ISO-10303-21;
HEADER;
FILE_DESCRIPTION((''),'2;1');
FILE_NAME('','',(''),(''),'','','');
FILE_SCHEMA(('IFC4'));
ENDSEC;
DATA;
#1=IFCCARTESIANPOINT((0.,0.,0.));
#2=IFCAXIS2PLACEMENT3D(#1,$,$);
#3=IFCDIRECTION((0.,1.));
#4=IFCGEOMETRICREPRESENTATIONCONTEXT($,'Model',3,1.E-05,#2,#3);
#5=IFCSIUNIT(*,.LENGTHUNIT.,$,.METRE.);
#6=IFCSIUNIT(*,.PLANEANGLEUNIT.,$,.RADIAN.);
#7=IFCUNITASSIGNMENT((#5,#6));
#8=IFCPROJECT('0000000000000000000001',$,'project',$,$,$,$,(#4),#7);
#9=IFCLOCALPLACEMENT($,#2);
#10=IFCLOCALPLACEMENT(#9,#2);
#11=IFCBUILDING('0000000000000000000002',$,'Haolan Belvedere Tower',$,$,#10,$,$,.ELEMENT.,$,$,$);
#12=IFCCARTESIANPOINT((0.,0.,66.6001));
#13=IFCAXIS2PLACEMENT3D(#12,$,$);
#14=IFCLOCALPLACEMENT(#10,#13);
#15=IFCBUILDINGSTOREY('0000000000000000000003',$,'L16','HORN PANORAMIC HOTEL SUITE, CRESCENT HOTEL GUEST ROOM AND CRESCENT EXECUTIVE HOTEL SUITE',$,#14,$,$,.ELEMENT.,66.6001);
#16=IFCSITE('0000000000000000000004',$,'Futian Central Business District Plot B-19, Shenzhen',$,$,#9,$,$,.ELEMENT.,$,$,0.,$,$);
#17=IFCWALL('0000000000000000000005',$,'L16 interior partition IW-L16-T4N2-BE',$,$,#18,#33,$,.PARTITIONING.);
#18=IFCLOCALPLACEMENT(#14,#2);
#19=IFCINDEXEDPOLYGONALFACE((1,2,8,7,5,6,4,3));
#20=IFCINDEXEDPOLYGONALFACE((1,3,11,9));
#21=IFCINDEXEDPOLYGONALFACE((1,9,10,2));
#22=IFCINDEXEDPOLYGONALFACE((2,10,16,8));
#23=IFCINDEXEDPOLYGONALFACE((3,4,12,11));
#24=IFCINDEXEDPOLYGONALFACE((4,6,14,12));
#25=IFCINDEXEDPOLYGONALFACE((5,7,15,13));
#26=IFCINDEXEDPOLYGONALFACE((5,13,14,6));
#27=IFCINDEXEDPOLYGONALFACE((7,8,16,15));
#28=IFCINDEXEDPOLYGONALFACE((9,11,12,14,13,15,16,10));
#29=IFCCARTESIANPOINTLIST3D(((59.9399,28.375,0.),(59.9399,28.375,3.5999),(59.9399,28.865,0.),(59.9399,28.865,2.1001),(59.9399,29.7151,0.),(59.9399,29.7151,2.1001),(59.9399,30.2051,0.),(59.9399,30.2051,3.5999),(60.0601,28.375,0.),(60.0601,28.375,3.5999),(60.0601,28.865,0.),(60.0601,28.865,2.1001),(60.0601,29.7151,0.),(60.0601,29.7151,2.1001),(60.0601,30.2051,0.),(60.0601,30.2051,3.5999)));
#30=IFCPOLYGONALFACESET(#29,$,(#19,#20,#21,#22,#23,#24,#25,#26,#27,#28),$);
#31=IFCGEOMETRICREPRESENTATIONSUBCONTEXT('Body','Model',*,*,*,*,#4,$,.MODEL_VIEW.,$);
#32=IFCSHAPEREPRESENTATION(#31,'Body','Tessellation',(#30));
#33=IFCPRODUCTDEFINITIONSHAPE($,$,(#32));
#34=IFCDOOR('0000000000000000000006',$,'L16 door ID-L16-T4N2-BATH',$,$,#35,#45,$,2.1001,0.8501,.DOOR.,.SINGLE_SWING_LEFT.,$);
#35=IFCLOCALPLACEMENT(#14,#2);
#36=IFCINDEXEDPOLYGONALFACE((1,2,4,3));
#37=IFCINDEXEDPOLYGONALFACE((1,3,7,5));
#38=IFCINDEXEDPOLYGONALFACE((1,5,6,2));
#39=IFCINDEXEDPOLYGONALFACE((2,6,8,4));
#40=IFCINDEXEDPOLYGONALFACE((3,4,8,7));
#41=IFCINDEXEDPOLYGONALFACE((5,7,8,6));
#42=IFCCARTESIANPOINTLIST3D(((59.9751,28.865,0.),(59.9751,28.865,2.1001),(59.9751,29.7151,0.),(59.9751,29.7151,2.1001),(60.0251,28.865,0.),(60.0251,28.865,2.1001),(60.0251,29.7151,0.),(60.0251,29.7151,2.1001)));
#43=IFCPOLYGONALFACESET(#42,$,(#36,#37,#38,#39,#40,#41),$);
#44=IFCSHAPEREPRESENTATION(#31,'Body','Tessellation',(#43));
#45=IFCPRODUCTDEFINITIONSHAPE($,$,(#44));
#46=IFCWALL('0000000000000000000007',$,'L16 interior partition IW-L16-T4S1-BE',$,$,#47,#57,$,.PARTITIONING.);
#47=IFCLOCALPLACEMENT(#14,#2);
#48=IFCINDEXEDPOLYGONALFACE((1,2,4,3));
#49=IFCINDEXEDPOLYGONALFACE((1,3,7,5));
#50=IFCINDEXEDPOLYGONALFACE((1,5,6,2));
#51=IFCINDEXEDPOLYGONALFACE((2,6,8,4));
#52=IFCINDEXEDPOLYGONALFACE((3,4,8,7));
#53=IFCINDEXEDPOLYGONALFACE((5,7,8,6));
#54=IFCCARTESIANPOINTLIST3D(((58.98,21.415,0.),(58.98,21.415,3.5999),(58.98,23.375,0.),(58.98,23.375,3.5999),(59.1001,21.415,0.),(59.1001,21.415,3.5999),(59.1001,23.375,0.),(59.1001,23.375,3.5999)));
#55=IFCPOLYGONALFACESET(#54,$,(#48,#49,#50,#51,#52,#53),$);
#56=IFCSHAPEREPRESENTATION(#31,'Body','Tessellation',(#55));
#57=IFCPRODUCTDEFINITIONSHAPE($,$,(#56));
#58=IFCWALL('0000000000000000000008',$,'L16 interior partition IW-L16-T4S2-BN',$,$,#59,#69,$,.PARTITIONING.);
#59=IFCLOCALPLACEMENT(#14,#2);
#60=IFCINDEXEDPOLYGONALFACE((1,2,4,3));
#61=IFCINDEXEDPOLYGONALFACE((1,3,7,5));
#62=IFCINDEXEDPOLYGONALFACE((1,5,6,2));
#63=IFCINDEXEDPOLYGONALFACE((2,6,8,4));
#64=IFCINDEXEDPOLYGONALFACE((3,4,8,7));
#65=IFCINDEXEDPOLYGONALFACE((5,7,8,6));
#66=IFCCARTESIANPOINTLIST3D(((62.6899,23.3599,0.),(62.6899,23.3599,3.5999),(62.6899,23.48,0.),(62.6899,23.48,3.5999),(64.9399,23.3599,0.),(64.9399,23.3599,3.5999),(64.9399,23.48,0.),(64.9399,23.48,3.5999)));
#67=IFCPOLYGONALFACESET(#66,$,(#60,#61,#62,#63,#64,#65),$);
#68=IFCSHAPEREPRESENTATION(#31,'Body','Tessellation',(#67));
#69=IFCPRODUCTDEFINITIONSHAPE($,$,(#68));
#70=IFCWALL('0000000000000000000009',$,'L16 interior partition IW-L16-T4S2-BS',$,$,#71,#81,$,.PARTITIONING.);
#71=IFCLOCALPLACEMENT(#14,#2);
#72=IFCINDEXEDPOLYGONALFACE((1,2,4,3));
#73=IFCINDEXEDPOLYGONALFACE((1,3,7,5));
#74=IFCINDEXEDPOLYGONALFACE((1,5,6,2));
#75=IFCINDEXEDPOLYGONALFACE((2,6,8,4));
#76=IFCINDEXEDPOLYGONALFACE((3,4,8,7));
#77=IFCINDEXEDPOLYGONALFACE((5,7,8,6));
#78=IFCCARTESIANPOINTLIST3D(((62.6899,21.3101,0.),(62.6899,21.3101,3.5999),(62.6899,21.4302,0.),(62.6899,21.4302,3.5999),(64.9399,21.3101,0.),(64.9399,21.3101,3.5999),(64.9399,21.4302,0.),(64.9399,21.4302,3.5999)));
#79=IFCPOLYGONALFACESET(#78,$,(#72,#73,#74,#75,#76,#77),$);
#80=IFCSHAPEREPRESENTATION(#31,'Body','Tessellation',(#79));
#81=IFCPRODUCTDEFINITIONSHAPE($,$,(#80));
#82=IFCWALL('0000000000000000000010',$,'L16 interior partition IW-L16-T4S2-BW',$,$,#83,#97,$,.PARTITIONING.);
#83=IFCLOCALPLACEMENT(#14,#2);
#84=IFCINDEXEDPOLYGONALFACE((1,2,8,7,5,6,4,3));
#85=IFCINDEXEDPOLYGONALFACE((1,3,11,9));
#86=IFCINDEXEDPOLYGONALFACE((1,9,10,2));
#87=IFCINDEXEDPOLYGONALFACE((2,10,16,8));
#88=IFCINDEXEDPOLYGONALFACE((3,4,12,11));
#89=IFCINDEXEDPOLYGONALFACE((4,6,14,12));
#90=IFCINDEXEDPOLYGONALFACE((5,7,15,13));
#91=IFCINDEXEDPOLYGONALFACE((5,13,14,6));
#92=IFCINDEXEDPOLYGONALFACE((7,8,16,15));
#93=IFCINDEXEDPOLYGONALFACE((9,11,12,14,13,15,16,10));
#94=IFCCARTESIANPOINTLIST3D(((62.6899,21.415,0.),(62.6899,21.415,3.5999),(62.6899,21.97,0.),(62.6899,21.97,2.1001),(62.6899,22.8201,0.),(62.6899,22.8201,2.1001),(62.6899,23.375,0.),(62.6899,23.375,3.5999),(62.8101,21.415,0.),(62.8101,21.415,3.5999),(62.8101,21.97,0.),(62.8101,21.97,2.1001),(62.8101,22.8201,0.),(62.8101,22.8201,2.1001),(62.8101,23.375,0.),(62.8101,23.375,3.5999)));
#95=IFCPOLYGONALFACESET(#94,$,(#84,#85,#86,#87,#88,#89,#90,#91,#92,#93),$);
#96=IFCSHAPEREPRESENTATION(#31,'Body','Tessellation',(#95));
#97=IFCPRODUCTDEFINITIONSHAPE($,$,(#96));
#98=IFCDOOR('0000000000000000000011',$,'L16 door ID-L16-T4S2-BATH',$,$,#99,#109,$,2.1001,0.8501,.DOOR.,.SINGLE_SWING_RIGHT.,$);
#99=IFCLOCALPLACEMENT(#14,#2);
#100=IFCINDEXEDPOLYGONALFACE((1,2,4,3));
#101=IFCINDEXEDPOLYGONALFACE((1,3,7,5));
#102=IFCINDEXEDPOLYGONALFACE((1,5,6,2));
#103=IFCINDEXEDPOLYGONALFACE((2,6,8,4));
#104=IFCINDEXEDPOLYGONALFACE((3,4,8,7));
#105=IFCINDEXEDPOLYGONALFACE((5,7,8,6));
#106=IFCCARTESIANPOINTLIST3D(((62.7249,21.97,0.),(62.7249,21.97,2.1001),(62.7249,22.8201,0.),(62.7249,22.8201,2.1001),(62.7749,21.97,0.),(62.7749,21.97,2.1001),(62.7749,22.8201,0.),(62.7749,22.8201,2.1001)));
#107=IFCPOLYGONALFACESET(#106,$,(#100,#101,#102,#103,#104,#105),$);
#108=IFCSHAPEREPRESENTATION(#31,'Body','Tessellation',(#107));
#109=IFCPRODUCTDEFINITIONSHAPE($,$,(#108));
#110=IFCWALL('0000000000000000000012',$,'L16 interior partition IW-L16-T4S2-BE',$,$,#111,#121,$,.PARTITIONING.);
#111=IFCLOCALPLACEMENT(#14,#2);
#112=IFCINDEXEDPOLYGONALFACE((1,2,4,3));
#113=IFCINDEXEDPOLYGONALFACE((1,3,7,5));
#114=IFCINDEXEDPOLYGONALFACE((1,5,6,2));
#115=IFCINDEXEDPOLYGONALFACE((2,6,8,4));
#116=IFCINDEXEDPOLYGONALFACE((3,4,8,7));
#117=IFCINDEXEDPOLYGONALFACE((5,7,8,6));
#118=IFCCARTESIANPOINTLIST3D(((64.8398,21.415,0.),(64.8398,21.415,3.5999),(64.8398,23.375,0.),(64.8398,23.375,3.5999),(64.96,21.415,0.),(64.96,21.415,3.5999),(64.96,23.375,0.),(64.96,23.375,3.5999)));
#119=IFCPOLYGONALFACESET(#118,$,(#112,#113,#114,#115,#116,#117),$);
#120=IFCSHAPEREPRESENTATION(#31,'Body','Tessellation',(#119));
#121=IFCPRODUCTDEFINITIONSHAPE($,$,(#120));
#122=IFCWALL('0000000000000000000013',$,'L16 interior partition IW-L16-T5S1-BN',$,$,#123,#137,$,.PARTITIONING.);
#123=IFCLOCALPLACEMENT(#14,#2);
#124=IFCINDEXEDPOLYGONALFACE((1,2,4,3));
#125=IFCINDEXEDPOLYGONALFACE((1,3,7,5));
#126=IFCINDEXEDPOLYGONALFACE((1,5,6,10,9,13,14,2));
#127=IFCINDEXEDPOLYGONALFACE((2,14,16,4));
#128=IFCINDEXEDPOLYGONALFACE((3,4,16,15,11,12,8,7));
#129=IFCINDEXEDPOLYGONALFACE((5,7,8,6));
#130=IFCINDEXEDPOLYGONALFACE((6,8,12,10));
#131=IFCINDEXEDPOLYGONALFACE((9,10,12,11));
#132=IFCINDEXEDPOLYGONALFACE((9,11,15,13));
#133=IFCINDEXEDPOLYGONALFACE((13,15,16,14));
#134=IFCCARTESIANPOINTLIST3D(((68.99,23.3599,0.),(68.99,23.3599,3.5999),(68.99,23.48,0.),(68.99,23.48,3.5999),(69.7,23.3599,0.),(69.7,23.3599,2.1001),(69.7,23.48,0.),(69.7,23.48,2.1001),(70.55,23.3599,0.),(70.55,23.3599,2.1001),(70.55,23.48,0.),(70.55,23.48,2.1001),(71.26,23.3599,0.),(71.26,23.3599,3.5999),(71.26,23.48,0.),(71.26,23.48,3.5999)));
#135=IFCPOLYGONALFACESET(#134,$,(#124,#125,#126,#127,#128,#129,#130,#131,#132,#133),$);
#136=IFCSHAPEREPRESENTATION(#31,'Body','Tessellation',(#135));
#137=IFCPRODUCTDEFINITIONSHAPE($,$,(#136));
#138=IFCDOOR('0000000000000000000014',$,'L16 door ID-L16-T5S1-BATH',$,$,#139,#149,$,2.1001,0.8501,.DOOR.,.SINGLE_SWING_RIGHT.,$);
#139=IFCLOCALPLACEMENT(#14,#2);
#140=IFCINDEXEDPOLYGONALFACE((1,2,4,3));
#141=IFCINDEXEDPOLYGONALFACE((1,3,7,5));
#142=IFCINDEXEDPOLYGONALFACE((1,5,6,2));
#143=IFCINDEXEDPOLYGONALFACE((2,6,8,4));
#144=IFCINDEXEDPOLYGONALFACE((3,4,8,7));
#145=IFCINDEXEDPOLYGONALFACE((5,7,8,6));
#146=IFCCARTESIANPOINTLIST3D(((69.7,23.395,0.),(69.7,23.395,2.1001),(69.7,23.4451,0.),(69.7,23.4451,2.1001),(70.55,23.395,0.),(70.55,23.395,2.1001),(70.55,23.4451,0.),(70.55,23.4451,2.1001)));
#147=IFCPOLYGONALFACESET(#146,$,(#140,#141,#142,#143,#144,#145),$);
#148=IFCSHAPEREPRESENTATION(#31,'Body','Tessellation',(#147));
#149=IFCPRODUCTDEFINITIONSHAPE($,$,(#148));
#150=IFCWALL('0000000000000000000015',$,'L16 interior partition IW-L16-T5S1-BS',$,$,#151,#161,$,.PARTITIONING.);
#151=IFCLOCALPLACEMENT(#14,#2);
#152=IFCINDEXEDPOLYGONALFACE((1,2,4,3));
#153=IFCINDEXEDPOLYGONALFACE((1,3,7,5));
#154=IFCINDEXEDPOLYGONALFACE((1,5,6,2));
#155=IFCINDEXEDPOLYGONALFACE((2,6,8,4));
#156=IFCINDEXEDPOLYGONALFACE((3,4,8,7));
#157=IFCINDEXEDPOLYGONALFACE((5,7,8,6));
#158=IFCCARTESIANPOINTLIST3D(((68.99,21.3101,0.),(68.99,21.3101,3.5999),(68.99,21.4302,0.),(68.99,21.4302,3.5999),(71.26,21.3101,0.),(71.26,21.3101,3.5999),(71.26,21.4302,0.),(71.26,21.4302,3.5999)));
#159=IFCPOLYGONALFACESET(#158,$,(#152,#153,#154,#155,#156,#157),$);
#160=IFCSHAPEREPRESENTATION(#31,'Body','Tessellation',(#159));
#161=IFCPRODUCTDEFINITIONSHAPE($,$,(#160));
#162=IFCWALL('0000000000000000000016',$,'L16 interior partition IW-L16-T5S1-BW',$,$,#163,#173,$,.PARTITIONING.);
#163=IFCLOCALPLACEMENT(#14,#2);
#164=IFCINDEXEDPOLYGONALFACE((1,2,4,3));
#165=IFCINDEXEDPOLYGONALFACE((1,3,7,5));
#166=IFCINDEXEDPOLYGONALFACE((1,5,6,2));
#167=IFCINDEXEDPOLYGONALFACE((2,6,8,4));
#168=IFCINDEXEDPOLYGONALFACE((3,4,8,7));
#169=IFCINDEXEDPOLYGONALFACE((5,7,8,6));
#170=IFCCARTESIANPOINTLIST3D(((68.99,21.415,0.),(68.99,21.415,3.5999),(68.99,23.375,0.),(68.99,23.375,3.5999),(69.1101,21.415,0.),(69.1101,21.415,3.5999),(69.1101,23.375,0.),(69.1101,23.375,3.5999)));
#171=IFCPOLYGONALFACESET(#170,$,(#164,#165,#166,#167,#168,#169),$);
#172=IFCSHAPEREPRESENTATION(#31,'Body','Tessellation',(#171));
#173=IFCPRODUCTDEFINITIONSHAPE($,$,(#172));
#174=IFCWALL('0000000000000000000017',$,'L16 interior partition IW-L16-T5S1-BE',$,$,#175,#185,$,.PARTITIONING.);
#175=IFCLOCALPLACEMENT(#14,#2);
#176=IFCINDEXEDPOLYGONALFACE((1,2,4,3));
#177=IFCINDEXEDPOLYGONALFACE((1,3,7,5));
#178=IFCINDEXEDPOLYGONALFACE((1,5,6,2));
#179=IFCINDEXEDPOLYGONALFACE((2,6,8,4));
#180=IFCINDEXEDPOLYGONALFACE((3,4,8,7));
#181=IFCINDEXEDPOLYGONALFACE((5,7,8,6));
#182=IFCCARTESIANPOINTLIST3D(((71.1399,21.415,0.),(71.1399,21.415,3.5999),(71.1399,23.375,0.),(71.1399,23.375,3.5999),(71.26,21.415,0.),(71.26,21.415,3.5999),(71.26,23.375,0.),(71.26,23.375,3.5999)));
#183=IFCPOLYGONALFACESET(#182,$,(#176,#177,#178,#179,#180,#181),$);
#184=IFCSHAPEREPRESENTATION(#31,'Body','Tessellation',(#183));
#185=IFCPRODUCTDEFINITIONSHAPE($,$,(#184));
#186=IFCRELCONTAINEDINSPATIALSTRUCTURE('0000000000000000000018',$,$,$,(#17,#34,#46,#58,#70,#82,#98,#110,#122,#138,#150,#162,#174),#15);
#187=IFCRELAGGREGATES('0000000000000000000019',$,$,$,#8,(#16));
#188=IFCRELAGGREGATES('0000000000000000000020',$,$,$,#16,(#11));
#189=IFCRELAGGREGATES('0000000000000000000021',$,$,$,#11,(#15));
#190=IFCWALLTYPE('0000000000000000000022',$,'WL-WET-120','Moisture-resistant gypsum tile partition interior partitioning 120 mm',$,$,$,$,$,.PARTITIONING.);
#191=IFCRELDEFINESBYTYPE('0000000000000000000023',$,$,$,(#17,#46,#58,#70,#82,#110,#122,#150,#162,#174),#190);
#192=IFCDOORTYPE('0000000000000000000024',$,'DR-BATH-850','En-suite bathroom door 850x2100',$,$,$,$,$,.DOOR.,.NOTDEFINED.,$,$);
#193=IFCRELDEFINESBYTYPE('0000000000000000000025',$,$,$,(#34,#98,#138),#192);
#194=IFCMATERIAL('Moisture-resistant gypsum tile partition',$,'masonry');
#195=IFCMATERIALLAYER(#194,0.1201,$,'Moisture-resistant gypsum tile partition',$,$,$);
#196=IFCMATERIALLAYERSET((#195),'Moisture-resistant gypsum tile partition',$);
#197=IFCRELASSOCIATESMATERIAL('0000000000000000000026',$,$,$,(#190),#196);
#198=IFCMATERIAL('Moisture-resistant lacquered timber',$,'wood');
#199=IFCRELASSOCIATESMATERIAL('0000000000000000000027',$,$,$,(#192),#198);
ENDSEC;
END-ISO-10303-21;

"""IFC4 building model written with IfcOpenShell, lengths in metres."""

from ifc_helpers import new_model, si_unit, direction, frame, frame_2d, origin, place, context, subcontext, project, spatial, rectangle, extrude, material, layer, layer_set, type_object, element, fill, save


model = new_model("IFC4")

# Units and contexts
model_context = context("Model", 3, precision=1e-05, world=origin(), true_north=direction((0.0, 1.0)))
body_context = subcontext(model_context, "Body", "Model", "MODEL_VIEW")
ifc_project = project(units=[si_unit("LENGTHUNIT", "METRE"), si_unit("PLANEANGLEUNIT", "RADIAN")], contexts=[model_context])

# Site, building, storey
site_placement = place(None, origin())
site = spatial("IfcSite", under=ifc_project, at=site_placement, Name="Futian Central Business District Plot B-19, Shenzhen", CompositionType="ELEMENT", RefElevation=0.0)
building_placement = place(site_placement, origin())
building = spatial("IfcBuilding", under=site, at=building_placement, Name="Haolan Belvedere Tower", CompositionType="ELEMENT")
storey_placement = place(building_placement, frame((0.0, 0.0, 66.6001)))
storey = spatial("IfcBuildingStorey", under=building, at=storey_placement, Name="L16", Description="HORN PANORAMIC HOTEL SUITE, CRESCENT HOTEL GUEST ROOM AND CRESCENT EXECUTIVE HOTEL SUITE", CompositionType="ELEMENT", Elevation=66.6001)

# Wall, opening, door
ifc_material_1 = material(Name="Moisture-resistant gypsum tile partition", Category="masonry")
ifc_layer_1 = layer(ifc_material_1, 0.1201, Name="Moisture-resistant gypsum tile partition")
ifc_layer_set_1 = layer_set([ifc_layer_1], Name="Moisture-resistant gypsum tile partition")
wall_type_1 = type_object("IfcWallType", Name="WL-WET-120", Description="Moisture-resistant gypsum tile partition interior partitioning 120 mm", PredefinedType="PARTITIONING", material=ifc_layer_set_1)
wall_1_placement = place(storey_placement, frame((60.0, 28.375, 0.0), z_axis=(0.0, 0.0, 1.0), x_axis=(0.0, 1.0, 0.0)))
wall_1 = element("IfcWall", 1, at=wall_1_placement, inside=storey, type_object=wall_type_1, Name="L16 interior partition IW-L16-T4N2-BE", PredefinedType="PARTITIONING", context=body_context, shape_type="SweptSolid", body=[
    extrude(rectangle(XDim=1.8301, YDim=0.1201, at=frame_2d((0.915, 0.0))), origin(), (0.0, 0.0, 1.0), 3.5999),
])
opening_1_placement = place(wall_1_placement, frame((0.49, 0.0, 0.0)))
opening_1 = element("IfcOpeningElement", 2, at=opening_1_placement, cuts=wall_1, PredefinedType="OPENING", context=body_context, shape_type="SweptSolid", body=[
    extrude(rectangle(XDim=0.8501, YDim=2.1001, at=frame_2d((0.425, 1.05))), frame((0.0, 0.0701, 0.0), z_axis=(0.0, -1.0, 0.0), x_axis=(1.0, 0.0, 0.0)), (0.0, 0.0, 1.0), 0.1401),
])
ifc_material_2 = material(Name="Moisture-resistant lacquered timber", Category="wood")
door_type_1 = type_object("IfcDoorType", Name="DR-BATH-850", Description="En-suite bathroom door 850x2100", OperationType="NOTDEFINED", PredefinedType="DOOR", material=ifc_material_2)
door_1_placement = place(opening_1_placement, origin())
door_1 = element("IfcDoor", 3, at=door_1_placement, inside=storey, type_object=door_type_1, Name="L16 door ID-L16-T4N2-BATH", OperationType="SINGLE_SWING_LEFT", OverallHeight=2.1001, OverallWidth=0.8501, PredefinedType="DOOR", context=body_context, shape_type="SweptSolid", body=[
    extrude(rectangle(XDim=0.8501, YDim=2.1001, at=frame_2d((0.425, 1.05))), frame((0.0, 0.0249, 0.0), z_axis=(0.0, -1.0, 0.0), x_axis=(1.0, 0.0, 0.0)), (0.0, 0.0, 1.0), 0.05),
])
fill(opening_1, door_1)

# Walls
wall_2_placement = place(storey_placement, frame((59.04, 21.415, 0.0), z_axis=(0.0, 0.0, 1.0), x_axis=(0.0, 1.0, 0.0)))
element("IfcWall", 4, at=wall_2_placement, inside=storey, type_object=wall_type_1, Name="L16 interior partition IW-L16-T4S1-BE", PredefinedType="PARTITIONING", context=body_context, shape_type="SweptSolid", body=[
    extrude(rectangle(XDim=1.96, YDim=0.1201, at=frame_2d((0.98, 0.0))), origin(), (0.0, 0.0, 1.0), 3.5999),
])
for number, where, z_axis, x_axis, name in (
    (5, (62.6899, 23.4199, 0.0), (0.0, 0.0, 1.0), (1.0, 0.0, 0.0), "L16 interior partition IW-L16-T4S2-BN"),
    (6, (62.6899, 21.3701, 0.0), (0.0, 0.0, 1.0), (1.0, 0.0, 0.0), "L16 interior partition IW-L16-T4S2-BS"),
):
    element("IfcWall", number, at=place(storey_placement, frame(where, z_axis=z_axis, x_axis=x_axis)), inside=storey, type_object=wall_type_1, Name=name, PredefinedType="PARTITIONING", context=body_context, shape_type="SweptSolid", body=[
        extrude(rectangle(XDim=2.25, YDim=0.1201, at=frame_2d((1.125, 0.0))), origin(), (0.0, 0.0, 1.0), 3.5999),
    ])

# Wall, opening, door
wall_3_placement = place(storey_placement, frame((62.75, 21.415, 0.0), z_axis=(0.0, 0.0, 1.0), x_axis=(0.0, 1.0, 0.0)))
wall_3 = element("IfcWall", 7, at=wall_3_placement, inside=storey, type_object=wall_type_1, Name="L16 interior partition IW-L16-T4S2-BW", PredefinedType="PARTITIONING", context=body_context, shape_type="SweptSolid", body=[
    extrude(rectangle(XDim=1.96, YDim=0.1201, at=frame_2d((0.98, 0.0))), origin(), (0.0, 0.0, 1.0), 3.5999),
])
opening_2_placement = place(wall_3_placement, frame((1.405, 0.0, 0.0), z_axis=(0.0, 0.0, 1.0), x_axis=(-1.0, 0.0, 0.0)))
opening_2 = element("IfcOpeningElement", 8, at=opening_2_placement, cuts=wall_3, PredefinedType="OPENING", context=body_context, shape_type="SweptSolid", body=[
    extrude(rectangle(XDim=0.8501, YDim=2.1001, at=frame_2d((0.425, 1.05))), frame((0.0, 0.0701, 0.0), z_axis=(0.0, -1.0, 0.0), x_axis=(1.0, 0.0, 0.0)), (0.0, 0.0, 1.0), 0.1401),
])
door_2_placement = place(opening_2_placement, origin())
door_2 = element("IfcDoor", 9, at=door_2_placement, inside=storey, type_object=door_type_1, Name="L16 door ID-L16-T4S2-BATH", OperationType="SINGLE_SWING_RIGHT", OverallHeight=2.1001, OverallWidth=0.8501, PredefinedType="DOOR", context=body_context, shape_type="SweptSolid", body=[
    extrude(rectangle(XDim=0.8501, YDim=2.1001, at=frame_2d((0.425, 1.05))), frame((0.0, 0.0249, 0.0), z_axis=(0.0, -1.0, 0.0), x_axis=(1.0, 0.0, 0.0)), (0.0, 0.0, 1.0), 0.05),
])
fill(opening_2, door_2)

# Wall
wall_4_placement = place(storey_placement, frame((64.8999, 21.415, 0.0), z_axis=(0.0, 0.0, 1.0), x_axis=(0.0, 1.0, 0.0)))
element("IfcWall", 10, at=wall_4_placement, inside=storey, type_object=wall_type_1, Name="L16 interior partition IW-L16-T4S2-BE", PredefinedType="PARTITIONING", context=body_context, shape_type="SweptSolid", body=[
    extrude(rectangle(XDim=1.96, YDim=0.1201, at=frame_2d((0.98, 0.0))), origin(), (0.0, 0.0, 1.0), 3.5999),
])

# Wall, opening, door
wall_5_placement = place(storey_placement, frame((68.99, 23.4199, 0.0), z_axis=(0.0, 0.0, 1.0), x_axis=(1.0, 0.0, 0.0)))
wall_5 = element("IfcWall", 11, at=wall_5_placement, inside=storey, type_object=wall_type_1, Name="L16 interior partition IW-L16-T5S1-BN", PredefinedType="PARTITIONING", context=body_context, shape_type="SweptSolid", body=[
    extrude(rectangle(XDim=2.27, YDim=0.1201, at=frame_2d((1.135, 0.0))), origin(), (0.0, 0.0, 1.0), 3.5999),
])
opening_3_placement = place(wall_5_placement, frame((1.5601, 0.0, 0.0), z_axis=(0.0, 0.0, 1.0), x_axis=(-1.0, 0.0, 0.0)))
opening_3 = element("IfcOpeningElement", 12, at=opening_3_placement, cuts=wall_5, PredefinedType="OPENING", context=body_context, shape_type="SweptSolid", body=[
    extrude(rectangle(XDim=0.8501, YDim=2.1001, at=frame_2d((0.425, 1.05))), frame((0.0, 0.0701, 0.0), z_axis=(0.0, -1.0, 0.0), x_axis=(1.0, 0.0, 0.0)), (0.0, 0.0, 1.0), 0.1401),
])
door_3_placement = place(opening_3_placement, origin())
door_3 = element("IfcDoor", 13, at=door_3_placement, inside=storey, type_object=door_type_1, Name="L16 door ID-L16-T5S1-BATH", OperationType="SINGLE_SWING_RIGHT", OverallHeight=2.1001, OverallWidth=0.8501, PredefinedType="DOOR", context=body_context, shape_type="SweptSolid", body=[
    extrude(rectangle(XDim=0.8501, YDim=2.1001, at=frame_2d((0.425, 1.05))), frame((0.0, 0.0249, 0.0), z_axis=(0.0, -1.0, 0.0), x_axis=(1.0, 0.0, 0.0)), (0.0, 0.0, 1.0), 0.05),
])
fill(opening_3, door_3)

# Walls
wall_6_placement = place(storey_placement, frame((68.99, 21.3701, 0.0), z_axis=(0.0, 0.0, 1.0), x_axis=(1.0, 0.0, 0.0)))
element("IfcWall", 14, at=wall_6_placement, inside=storey, type_object=wall_type_1, Name="L16 interior partition IW-L16-T5S1-BS", PredefinedType="PARTITIONING", context=body_context, shape_type="SweptSolid", body=[
    extrude(rectangle(XDim=2.27, YDim=0.1201, at=frame_2d((1.135, 0.0))), origin(), (0.0, 0.0, 1.0), 3.5999),
])
for number, where, z_axis, x_axis, name in (
    (15, (69.05, 21.415, 0.0), (0.0, 0.0, 1.0), (0.0, 1.0, 0.0), "L16 interior partition IW-L16-T5S1-BW"),
    (16, (71.2, 21.415, 0.0), (0.0, 0.0, 1.0), (0.0, 1.0, 0.0), "L16 interior partition IW-L16-T5S1-BE"),
):
    element("IfcWall", number, at=place(storey_placement, frame(where, z_axis=z_axis, x_axis=x_axis)), inside=storey, type_object=wall_type_1, Name=name, PredefinedType="PARTITIONING", context=body_context, shape_type="SweptSolid", body=[
        extrude(rectangle(XDim=1.96, YDim=0.1201, at=frame_2d((0.98, 0.0))), origin(), (0.0, 0.0, 1.0), 3.5999),
    ])

save(model, "model.ifc")
